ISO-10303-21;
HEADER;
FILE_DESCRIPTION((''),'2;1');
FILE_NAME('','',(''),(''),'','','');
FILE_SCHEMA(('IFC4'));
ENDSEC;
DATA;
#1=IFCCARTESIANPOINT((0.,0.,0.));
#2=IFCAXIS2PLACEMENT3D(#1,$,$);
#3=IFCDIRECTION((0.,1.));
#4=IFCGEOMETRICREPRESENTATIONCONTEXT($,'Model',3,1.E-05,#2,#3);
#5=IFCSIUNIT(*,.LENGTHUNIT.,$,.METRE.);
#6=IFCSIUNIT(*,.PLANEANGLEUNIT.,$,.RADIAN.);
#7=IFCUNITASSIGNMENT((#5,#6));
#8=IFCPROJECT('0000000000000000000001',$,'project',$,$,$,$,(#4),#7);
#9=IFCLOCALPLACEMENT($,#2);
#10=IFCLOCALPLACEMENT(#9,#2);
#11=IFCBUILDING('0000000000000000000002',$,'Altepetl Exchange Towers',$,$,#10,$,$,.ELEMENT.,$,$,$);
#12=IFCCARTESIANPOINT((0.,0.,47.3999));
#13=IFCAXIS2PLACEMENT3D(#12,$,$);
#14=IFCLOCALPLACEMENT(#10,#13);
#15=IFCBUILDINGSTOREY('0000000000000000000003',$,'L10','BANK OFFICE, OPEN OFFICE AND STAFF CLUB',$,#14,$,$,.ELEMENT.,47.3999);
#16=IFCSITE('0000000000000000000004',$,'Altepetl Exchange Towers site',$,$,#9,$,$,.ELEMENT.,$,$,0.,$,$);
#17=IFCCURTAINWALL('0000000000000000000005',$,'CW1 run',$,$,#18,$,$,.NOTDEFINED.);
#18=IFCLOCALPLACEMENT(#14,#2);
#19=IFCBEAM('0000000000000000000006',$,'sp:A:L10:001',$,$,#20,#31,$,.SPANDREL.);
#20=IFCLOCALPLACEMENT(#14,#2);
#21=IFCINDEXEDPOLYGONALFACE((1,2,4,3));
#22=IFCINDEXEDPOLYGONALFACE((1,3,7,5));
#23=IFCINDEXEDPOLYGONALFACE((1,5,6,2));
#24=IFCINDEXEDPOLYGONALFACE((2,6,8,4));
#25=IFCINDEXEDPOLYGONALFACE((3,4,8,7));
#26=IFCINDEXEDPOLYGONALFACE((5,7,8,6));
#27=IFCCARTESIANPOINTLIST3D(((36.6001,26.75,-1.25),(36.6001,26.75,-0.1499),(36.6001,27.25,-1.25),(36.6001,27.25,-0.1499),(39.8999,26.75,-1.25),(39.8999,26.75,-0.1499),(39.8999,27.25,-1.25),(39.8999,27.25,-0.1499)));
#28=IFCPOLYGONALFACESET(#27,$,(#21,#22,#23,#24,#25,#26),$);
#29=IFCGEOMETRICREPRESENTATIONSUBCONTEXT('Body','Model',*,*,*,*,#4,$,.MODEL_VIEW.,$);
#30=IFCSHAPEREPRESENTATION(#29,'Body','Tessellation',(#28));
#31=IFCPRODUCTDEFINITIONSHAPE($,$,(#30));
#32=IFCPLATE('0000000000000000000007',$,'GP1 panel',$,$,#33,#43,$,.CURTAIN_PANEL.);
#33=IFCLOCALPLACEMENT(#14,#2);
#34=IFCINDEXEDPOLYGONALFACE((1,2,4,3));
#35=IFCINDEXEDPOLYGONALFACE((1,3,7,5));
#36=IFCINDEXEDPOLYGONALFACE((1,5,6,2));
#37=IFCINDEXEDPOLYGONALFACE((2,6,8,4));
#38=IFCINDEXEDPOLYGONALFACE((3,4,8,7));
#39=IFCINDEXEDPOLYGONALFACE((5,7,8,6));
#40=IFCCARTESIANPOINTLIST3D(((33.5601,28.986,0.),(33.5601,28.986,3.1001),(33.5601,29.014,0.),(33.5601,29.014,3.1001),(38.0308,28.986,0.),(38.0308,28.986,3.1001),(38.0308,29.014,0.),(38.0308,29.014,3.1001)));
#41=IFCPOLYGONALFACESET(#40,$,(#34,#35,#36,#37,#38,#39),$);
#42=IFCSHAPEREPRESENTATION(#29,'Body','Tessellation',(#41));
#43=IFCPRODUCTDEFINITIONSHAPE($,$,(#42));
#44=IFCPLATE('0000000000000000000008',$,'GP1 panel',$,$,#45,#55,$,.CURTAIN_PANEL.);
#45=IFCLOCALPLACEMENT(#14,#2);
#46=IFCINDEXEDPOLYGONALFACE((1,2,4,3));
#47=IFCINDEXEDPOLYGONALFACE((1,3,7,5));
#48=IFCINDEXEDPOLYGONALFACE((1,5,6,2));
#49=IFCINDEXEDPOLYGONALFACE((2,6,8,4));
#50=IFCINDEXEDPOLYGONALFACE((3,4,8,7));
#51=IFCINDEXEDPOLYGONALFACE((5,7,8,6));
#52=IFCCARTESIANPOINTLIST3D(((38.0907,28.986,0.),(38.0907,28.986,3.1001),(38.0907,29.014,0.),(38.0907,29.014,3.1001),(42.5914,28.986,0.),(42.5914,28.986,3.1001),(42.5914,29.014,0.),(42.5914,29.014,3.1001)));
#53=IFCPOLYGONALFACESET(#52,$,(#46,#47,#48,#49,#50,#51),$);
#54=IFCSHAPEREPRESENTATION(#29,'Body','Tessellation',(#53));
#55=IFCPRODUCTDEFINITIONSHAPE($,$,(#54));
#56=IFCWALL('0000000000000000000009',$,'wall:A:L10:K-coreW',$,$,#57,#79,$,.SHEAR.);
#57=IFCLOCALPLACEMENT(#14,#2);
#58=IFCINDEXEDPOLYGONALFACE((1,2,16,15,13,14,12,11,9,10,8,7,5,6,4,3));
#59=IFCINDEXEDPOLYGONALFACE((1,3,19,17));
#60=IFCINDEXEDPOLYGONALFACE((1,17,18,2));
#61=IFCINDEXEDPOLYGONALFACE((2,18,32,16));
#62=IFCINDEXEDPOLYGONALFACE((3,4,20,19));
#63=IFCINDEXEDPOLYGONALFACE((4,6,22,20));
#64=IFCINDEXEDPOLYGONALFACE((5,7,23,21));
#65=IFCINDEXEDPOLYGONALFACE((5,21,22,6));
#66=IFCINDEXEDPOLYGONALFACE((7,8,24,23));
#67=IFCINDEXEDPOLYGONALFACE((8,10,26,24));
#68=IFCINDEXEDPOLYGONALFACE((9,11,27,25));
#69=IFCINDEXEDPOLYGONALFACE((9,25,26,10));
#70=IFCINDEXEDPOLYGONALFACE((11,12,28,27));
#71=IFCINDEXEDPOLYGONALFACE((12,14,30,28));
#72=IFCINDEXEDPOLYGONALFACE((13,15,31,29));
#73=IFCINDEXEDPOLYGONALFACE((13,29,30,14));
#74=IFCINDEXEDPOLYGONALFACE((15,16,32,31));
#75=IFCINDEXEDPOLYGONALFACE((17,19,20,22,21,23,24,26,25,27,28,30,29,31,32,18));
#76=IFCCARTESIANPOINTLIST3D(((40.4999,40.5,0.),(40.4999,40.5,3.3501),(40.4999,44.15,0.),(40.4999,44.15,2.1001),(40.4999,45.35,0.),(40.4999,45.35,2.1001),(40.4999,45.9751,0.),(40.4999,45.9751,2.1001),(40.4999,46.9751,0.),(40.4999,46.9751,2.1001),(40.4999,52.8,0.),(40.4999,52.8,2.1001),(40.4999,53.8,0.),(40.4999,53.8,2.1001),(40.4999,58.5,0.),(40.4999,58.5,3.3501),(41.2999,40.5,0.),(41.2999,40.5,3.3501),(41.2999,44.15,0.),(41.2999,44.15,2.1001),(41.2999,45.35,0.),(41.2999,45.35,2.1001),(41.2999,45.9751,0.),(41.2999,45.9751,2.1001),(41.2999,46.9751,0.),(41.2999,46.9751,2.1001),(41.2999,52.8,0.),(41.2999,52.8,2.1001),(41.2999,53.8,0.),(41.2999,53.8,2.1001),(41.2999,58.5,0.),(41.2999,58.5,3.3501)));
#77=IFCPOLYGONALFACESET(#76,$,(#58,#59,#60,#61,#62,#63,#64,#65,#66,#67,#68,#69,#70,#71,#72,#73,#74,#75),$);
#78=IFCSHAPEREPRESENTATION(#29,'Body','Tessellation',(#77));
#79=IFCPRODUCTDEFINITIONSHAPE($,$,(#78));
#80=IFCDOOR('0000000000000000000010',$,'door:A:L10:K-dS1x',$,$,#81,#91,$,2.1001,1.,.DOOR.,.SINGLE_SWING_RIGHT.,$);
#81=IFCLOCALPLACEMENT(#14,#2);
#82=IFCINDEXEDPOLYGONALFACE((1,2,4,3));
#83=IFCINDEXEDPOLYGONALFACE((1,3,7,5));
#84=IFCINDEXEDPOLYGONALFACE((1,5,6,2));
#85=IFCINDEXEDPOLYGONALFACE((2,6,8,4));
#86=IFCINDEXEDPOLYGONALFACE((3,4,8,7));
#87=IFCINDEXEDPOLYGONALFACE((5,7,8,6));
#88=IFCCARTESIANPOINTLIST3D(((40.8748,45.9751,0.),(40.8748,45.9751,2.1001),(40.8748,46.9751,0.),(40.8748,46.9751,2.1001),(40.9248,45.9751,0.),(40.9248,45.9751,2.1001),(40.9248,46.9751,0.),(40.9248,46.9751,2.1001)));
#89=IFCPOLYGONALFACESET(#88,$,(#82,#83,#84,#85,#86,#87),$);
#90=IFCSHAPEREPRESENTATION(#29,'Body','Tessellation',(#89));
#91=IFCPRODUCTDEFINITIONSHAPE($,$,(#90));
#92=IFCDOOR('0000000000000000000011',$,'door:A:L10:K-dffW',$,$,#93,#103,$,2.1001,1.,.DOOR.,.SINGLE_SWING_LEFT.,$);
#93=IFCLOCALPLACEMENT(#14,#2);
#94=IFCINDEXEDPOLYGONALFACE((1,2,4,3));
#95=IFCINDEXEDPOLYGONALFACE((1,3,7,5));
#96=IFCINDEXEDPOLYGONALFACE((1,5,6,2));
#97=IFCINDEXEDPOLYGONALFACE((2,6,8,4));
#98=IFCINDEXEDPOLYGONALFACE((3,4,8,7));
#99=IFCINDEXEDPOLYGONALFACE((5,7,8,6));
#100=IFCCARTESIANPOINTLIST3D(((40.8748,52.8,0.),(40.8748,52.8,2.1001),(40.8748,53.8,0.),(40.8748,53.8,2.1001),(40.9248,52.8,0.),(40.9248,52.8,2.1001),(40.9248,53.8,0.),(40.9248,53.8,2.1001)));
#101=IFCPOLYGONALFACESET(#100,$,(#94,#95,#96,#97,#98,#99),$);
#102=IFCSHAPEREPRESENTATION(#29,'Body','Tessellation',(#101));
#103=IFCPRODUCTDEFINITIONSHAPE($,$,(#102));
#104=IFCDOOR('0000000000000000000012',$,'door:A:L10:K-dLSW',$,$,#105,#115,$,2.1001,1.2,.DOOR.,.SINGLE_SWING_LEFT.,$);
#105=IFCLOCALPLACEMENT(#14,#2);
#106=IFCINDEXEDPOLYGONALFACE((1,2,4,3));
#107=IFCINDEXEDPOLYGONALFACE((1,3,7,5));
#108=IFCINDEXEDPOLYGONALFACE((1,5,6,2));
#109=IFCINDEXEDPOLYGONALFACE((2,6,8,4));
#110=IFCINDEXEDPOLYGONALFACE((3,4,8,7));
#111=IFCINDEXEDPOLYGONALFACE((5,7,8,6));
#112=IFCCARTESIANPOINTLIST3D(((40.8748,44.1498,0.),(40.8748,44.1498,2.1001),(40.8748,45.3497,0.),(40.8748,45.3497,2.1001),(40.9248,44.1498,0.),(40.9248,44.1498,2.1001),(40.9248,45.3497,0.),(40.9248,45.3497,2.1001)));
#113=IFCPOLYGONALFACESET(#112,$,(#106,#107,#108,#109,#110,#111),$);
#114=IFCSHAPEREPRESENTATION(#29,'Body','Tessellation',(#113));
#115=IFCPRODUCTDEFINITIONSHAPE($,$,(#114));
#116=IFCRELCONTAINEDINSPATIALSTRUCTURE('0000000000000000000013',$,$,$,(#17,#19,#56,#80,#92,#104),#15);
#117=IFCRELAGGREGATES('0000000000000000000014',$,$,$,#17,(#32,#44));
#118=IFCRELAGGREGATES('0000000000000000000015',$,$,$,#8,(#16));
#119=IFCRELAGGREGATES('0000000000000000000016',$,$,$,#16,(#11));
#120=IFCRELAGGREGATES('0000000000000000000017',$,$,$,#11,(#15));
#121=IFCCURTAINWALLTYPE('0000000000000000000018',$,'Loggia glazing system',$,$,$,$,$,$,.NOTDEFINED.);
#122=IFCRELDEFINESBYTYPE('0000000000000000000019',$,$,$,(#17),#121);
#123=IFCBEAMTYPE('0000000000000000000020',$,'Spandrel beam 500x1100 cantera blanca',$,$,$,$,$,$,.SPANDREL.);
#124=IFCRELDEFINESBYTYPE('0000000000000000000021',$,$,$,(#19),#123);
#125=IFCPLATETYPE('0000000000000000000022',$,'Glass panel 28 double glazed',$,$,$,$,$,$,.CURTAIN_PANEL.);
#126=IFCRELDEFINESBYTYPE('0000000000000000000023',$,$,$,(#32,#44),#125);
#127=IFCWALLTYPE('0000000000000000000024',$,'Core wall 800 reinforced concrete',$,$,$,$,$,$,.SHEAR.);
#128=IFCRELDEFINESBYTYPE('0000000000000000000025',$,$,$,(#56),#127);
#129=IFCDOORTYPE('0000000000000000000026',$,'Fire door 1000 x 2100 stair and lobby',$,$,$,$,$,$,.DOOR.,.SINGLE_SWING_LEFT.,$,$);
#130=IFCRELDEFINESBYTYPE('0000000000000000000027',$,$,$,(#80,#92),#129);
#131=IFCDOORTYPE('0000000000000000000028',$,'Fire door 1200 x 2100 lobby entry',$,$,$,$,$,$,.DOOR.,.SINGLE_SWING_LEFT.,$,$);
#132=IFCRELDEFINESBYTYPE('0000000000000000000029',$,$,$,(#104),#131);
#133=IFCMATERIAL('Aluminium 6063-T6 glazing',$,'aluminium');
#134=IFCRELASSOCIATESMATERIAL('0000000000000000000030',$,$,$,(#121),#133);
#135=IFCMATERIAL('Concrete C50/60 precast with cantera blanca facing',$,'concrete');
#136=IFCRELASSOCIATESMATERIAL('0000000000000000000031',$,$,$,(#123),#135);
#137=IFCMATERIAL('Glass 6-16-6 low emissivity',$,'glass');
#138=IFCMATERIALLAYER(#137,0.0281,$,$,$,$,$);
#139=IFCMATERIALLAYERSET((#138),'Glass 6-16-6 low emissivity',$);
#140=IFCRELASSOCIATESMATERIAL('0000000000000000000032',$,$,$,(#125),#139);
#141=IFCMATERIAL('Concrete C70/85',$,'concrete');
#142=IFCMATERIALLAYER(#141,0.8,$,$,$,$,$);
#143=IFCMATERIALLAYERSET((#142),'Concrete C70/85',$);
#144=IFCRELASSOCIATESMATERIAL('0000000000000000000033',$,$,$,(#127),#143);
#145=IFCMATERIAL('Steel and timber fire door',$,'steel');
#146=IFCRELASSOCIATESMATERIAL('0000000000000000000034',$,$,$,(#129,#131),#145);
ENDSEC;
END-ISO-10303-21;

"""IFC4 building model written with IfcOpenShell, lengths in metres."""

from ifc_helpers import new_model, si_unit, direction, frame, frame_2d, origin, origin_2d, place, context, subcontext, project, spatial, rectangle, extrude, material, layer, layer_set, material_profile, profile_set, type_object, element, fill, aggregate, save


model = new_model("IFC4")

# Units and contexts
model_context = context("Model", 3, precision=1e-05, world=origin(), true_north=direction((0.0, 1.0)))
body_context = subcontext(model_context, "Body", "Model", "MODEL_VIEW")
ifc_project = project(units=[si_unit("LENGTHUNIT", "METRE"), si_unit("PLANEANGLEUNIT", "RADIAN")], contexts=[model_context])

# Site, building, storey
site_placement = place(None, origin())
site = spatial("IfcSite", under=ifc_project, at=site_placement, Name="Altepetl Exchange Towers site", CompositionType="ELEMENT", RefElevation=0.0)
building_placement = place(site_placement, origin())
building = spatial("IfcBuilding", under=site, at=building_placement, Name="Altepetl Exchange Towers", CompositionType="ELEMENT")
storey_placement = place(building_placement, frame((0.0, 0.0, 47.3999)))
storey = spatial("IfcBuildingStorey", under=building, at=storey_placement, Name="L10", Description="BANK OFFICE, OPEN OFFICE AND STAFF CLUB", CompositionType="ELEMENT", Elevation=47.3999)

# Shared definitions
ifc_material_1 = material(Name="Concrete C70/85", Category="concrete")

# Shared definitions
ifc_material_2 = material(Name="Aluminium 6063-T6 glazing", Category="aluminium")
curtain_wall_type = type_object("IfcCurtainWallType", Name="Loggia glazing system", PredefinedType="NOTDEFINED", material=ifc_material_2)

# Curtain wall
curtain_wall_1_placement = place(storey_placement, origin())
curtain_wall_1 = element("IfcCurtainWall", 1, at=curtain_wall_1_placement, inside=storey, type_object=curtain_wall_type, Name="CW1 run", PredefinedType="NOTDEFINED")

# Beam
ifc_material_3 = material(Name="Concrete C50/60 precast with cantera blanca facing", Category="concrete")
ifc_material_profile_1 = material_profile(ifc_material_3, rectangle(XDim=0.5, YDim=1.1001, at=origin_2d()), Name="500 x 1100")
ifc_profile_set_1 = profile_set([ifc_material_profile_1], Name="Concrete C50/60 precast with cantera blanca facing")
beam_type_1 = type_object("IfcBeamType", Name="Spandrel beam 500x1100 cantera blanca", PredefinedType="SPANDREL", material=ifc_profile_set_1)
beam_1_placement = place(storey_placement, frame((36.6001, 27.0, -0.7), z_axis=(1.0, 0.0, 0.0), x_axis=(0.0, 1.0, 0.0)))
element("IfcBeam", 2, at=beam_1_placement, inside=storey, type_object=beam_type_1, Name="sp:A:L10:001", PredefinedType="SPANDREL", context=body_context, shape_type="SweptSolid", body=[
    extrude(rectangle(XDim=0.5, YDim=1.1001, at=origin_2d()), origin(), (0.0, 0.0, 1.0), 3.2998),
])

# Plates
ifc_material_4 = material(Name="Glass 6-16-6 low emissivity", Category="glass")
ifc_layer_1 = layer(ifc_material_4, 0.0281)
ifc_layer_set_1 = layer_set([ifc_layer_1], Name="Glass 6-16-6 low emissivity")
plate_type = type_object("IfcPlateType", Name="Glass panel 28 double glazed", PredefinedType="CURTAIN_PANEL", material=ifc_layer_set_1)
plate_1_placement = place(storey_placement, frame((35.7954, 29.0, 0.0)))
plate_1 = element("IfcPlate", 3, at=plate_1_placement, type_object=plate_type, Name="GP1 panel", PredefinedType="CURTAIN_PANEL", context=body_context, shape_type="SweptSolid", body=[
    extrude(rectangle(XDim=4.4707, YDim=0.0281, at=origin_2d()), origin(), (0.0, 0.0, 1.0), 3.1001),
])
plate_2_placement = place(storey_placement, frame((40.3411, 29.0, 0.0)))
plate_2 = element("IfcPlate", 4, at=plate_2_placement, type_object=plate_type, Name="GP1 panel", PredefinedType="CURTAIN_PANEL", context=body_context, shape_type="SweptSolid", body=[
    extrude(rectangle(XDim=4.5007, YDim=0.0281, at=origin_2d()), origin(), (0.0, 0.0, 1.0), 3.1001),
])
aggregate(curtain_wall_1, [plate_1, plate_2])

# Wall, openings, doors
ifc_layer_2 = layer(ifc_material_1, 0.8)
ifc_layer_set_2 = layer_set([ifc_layer_2], Name="Concrete C70/85")
wall_type_1 = type_object("IfcWallType", Name="Core wall 800 reinforced concrete", PredefinedType="SHEAR", material=ifc_layer_set_2)
wall_1_placement = place(storey_placement, frame((40.8999, 40.5, 0.0), z_axis=(0.0, 0.0, 1.0), x_axis=(0.0, 1.0, 0.0)))
wall_1 = element("IfcWall", 5, at=wall_1_placement, inside=storey, type_object=wall_type_1, Name="wall:A:L10:K-coreW", PredefinedType="SHEAR", context=body_context, shape_type="SweptSolid", body=[
    extrude(rectangle(XDim=18.0, YDim=0.8, at=frame_2d((9.0, 0.0))), origin(), (0.0, 0.0, 1.0), 3.3501),
])
opening_1_placement = place(wall_1_placement, frame((3.6499, 0.0, 0.0)))
opening_1 = element("IfcOpeningElement", 6, at=opening_1_placement, cuts=wall_1, PredefinedType="OPENING", context=body_context, shape_type="SweptSolid", body=[
    extrude(rectangle(XDim=1.2, YDim=2.1001, at=frame_2d((0.6001, 1.05))), frame((0.0, 0.4102, 0.0), z_axis=(0.0, -1.0, 0.0), x_axis=(1.0, 0.0, 0.0)), (0.0, 0.0, 1.0), 0.8201),
])
opening_2_placement = place(wall_1_placement, frame((5.4751, 0.0, 0.0)))
opening_2 = element("IfcOpeningElement", 7, at=opening_2_placement, cuts=wall_1, PredefinedType="OPENING", context=body_context, shape_type="SweptSolid", body=[
    extrude(rectangle(XDim=1.0, YDim=2.1001, at=frame_2d((0.5, 1.05))), frame((0.0, 0.4102, 0.0), z_axis=(0.0, -1.0, 0.0), x_axis=(1.0, 0.0, 0.0)), (0.0, 0.0, 1.0), 0.8201),
])
opening_3_placement = place(wall_1_placement, frame((12.3, 0.0, 0.0)))
opening_3 = element("IfcOpeningElement", 8, at=opening_3_placement, cuts=wall_1, PredefinedType="OPENING", context=body_context, shape_type="SweptSolid", body=[
    extrude(rectangle(XDim=1.0, YDim=2.1001, at=frame_2d((0.5, 1.05))), frame((0.0, 0.4102, 0.0), z_axis=(0.0, -1.0, 0.0), x_axis=(1.0, 0.0, 0.0)), (0.0, 0.0, 1.0), 0.8201),
])
ifc_material_5 = material(Name="Steel and timber fire door", Category="steel")
door_type_1 = type_object("IfcDoorType", Name="Fire door 1000 x 2100 stair and lobby", OperationType="SINGLE_SWING_LEFT", PredefinedType="DOOR", material=ifc_material_5)
door_1_placement = place(opening_2_placement, frame((1.0, 0.0, 0.0), x_axis=(-1.0, 0.0, 0.0)))
door_1 = element("IfcDoor", 9, at=door_1_placement, inside=storey, type_object=door_type_1, Name="door:A:L10:K-dS1x", OperationType="SINGLE_SWING_RIGHT", OverallHeight=2.1001, OverallWidth=1.0, PredefinedType="DOOR", context=body_context, shape_type="SweptSolid", body=[
    extrude(rectangle(XDim=1.0, YDim=2.1001, at=frame_2d((0.5, 1.05))), frame((0.0, 0.0249, 0.0), z_axis=(0.0, -1.0, 0.0), x_axis=(1.0, 0.0, 0.0)), (0.0, 0.0, 1.0), 0.05),
])
fill(opening_2, door_1)
door_2_placement = place(opening_3_placement, frame((1.0, 0.0, 0.0), x_axis=(-1.0, 0.0, 0.0)))
door_2 = element("IfcDoor", 10, at=door_2_placement, inside=storey, type_object=door_type_1, Name="door:A:L10:K-dffW", OperationType="SINGLE_SWING_LEFT", OverallHeight=2.1001, OverallWidth=1.0, PredefinedType="DOOR", context=body_context, shape_type="SweptSolid", body=[
    extrude(rectangle(XDim=1.0, YDim=2.1001, at=frame_2d((0.5, 1.05))), frame((0.0, 0.0249, 0.0), z_axis=(0.0, -1.0, 0.0), x_axis=(1.0, 0.0, 0.0)), (0.0, 0.0, 1.0), 0.05),
])
fill(opening_3, door_2)
door_type_2 = type_object("IfcDoorType", Name="Fire door 1200 x 2100 lobby entry", OperationType="SINGLE_SWING_LEFT", PredefinedType="DOOR", material=ifc_material_5)
door_3_placement = place(opening_1_placement, frame((1.2, 0.0, 0.0), x_axis=(-1.0, 0.0, 0.0)))
door_3 = element("IfcDoor", 11, at=door_3_placement, inside=storey, type_object=door_type_2, Name="door:A:L10:K-dLSW", OperationType="SINGLE_SWING_LEFT", OverallHeight=2.1001, OverallWidth=1.2, PredefinedType="DOOR", context=body_context, shape_type="SweptSolid", body=[
    extrude(rectangle(XDim=1.2, YDim=2.1001, at=frame_2d((0.6001, 1.05))), frame((0.0, 0.0249, 0.0), z_axis=(0.0, -1.0, 0.0), x_axis=(1.0, 0.0, 0.0)), (0.0, 0.0, 1.0), 0.05),
])
fill(opening_1, door_3)

save(model, "model.ifc")
